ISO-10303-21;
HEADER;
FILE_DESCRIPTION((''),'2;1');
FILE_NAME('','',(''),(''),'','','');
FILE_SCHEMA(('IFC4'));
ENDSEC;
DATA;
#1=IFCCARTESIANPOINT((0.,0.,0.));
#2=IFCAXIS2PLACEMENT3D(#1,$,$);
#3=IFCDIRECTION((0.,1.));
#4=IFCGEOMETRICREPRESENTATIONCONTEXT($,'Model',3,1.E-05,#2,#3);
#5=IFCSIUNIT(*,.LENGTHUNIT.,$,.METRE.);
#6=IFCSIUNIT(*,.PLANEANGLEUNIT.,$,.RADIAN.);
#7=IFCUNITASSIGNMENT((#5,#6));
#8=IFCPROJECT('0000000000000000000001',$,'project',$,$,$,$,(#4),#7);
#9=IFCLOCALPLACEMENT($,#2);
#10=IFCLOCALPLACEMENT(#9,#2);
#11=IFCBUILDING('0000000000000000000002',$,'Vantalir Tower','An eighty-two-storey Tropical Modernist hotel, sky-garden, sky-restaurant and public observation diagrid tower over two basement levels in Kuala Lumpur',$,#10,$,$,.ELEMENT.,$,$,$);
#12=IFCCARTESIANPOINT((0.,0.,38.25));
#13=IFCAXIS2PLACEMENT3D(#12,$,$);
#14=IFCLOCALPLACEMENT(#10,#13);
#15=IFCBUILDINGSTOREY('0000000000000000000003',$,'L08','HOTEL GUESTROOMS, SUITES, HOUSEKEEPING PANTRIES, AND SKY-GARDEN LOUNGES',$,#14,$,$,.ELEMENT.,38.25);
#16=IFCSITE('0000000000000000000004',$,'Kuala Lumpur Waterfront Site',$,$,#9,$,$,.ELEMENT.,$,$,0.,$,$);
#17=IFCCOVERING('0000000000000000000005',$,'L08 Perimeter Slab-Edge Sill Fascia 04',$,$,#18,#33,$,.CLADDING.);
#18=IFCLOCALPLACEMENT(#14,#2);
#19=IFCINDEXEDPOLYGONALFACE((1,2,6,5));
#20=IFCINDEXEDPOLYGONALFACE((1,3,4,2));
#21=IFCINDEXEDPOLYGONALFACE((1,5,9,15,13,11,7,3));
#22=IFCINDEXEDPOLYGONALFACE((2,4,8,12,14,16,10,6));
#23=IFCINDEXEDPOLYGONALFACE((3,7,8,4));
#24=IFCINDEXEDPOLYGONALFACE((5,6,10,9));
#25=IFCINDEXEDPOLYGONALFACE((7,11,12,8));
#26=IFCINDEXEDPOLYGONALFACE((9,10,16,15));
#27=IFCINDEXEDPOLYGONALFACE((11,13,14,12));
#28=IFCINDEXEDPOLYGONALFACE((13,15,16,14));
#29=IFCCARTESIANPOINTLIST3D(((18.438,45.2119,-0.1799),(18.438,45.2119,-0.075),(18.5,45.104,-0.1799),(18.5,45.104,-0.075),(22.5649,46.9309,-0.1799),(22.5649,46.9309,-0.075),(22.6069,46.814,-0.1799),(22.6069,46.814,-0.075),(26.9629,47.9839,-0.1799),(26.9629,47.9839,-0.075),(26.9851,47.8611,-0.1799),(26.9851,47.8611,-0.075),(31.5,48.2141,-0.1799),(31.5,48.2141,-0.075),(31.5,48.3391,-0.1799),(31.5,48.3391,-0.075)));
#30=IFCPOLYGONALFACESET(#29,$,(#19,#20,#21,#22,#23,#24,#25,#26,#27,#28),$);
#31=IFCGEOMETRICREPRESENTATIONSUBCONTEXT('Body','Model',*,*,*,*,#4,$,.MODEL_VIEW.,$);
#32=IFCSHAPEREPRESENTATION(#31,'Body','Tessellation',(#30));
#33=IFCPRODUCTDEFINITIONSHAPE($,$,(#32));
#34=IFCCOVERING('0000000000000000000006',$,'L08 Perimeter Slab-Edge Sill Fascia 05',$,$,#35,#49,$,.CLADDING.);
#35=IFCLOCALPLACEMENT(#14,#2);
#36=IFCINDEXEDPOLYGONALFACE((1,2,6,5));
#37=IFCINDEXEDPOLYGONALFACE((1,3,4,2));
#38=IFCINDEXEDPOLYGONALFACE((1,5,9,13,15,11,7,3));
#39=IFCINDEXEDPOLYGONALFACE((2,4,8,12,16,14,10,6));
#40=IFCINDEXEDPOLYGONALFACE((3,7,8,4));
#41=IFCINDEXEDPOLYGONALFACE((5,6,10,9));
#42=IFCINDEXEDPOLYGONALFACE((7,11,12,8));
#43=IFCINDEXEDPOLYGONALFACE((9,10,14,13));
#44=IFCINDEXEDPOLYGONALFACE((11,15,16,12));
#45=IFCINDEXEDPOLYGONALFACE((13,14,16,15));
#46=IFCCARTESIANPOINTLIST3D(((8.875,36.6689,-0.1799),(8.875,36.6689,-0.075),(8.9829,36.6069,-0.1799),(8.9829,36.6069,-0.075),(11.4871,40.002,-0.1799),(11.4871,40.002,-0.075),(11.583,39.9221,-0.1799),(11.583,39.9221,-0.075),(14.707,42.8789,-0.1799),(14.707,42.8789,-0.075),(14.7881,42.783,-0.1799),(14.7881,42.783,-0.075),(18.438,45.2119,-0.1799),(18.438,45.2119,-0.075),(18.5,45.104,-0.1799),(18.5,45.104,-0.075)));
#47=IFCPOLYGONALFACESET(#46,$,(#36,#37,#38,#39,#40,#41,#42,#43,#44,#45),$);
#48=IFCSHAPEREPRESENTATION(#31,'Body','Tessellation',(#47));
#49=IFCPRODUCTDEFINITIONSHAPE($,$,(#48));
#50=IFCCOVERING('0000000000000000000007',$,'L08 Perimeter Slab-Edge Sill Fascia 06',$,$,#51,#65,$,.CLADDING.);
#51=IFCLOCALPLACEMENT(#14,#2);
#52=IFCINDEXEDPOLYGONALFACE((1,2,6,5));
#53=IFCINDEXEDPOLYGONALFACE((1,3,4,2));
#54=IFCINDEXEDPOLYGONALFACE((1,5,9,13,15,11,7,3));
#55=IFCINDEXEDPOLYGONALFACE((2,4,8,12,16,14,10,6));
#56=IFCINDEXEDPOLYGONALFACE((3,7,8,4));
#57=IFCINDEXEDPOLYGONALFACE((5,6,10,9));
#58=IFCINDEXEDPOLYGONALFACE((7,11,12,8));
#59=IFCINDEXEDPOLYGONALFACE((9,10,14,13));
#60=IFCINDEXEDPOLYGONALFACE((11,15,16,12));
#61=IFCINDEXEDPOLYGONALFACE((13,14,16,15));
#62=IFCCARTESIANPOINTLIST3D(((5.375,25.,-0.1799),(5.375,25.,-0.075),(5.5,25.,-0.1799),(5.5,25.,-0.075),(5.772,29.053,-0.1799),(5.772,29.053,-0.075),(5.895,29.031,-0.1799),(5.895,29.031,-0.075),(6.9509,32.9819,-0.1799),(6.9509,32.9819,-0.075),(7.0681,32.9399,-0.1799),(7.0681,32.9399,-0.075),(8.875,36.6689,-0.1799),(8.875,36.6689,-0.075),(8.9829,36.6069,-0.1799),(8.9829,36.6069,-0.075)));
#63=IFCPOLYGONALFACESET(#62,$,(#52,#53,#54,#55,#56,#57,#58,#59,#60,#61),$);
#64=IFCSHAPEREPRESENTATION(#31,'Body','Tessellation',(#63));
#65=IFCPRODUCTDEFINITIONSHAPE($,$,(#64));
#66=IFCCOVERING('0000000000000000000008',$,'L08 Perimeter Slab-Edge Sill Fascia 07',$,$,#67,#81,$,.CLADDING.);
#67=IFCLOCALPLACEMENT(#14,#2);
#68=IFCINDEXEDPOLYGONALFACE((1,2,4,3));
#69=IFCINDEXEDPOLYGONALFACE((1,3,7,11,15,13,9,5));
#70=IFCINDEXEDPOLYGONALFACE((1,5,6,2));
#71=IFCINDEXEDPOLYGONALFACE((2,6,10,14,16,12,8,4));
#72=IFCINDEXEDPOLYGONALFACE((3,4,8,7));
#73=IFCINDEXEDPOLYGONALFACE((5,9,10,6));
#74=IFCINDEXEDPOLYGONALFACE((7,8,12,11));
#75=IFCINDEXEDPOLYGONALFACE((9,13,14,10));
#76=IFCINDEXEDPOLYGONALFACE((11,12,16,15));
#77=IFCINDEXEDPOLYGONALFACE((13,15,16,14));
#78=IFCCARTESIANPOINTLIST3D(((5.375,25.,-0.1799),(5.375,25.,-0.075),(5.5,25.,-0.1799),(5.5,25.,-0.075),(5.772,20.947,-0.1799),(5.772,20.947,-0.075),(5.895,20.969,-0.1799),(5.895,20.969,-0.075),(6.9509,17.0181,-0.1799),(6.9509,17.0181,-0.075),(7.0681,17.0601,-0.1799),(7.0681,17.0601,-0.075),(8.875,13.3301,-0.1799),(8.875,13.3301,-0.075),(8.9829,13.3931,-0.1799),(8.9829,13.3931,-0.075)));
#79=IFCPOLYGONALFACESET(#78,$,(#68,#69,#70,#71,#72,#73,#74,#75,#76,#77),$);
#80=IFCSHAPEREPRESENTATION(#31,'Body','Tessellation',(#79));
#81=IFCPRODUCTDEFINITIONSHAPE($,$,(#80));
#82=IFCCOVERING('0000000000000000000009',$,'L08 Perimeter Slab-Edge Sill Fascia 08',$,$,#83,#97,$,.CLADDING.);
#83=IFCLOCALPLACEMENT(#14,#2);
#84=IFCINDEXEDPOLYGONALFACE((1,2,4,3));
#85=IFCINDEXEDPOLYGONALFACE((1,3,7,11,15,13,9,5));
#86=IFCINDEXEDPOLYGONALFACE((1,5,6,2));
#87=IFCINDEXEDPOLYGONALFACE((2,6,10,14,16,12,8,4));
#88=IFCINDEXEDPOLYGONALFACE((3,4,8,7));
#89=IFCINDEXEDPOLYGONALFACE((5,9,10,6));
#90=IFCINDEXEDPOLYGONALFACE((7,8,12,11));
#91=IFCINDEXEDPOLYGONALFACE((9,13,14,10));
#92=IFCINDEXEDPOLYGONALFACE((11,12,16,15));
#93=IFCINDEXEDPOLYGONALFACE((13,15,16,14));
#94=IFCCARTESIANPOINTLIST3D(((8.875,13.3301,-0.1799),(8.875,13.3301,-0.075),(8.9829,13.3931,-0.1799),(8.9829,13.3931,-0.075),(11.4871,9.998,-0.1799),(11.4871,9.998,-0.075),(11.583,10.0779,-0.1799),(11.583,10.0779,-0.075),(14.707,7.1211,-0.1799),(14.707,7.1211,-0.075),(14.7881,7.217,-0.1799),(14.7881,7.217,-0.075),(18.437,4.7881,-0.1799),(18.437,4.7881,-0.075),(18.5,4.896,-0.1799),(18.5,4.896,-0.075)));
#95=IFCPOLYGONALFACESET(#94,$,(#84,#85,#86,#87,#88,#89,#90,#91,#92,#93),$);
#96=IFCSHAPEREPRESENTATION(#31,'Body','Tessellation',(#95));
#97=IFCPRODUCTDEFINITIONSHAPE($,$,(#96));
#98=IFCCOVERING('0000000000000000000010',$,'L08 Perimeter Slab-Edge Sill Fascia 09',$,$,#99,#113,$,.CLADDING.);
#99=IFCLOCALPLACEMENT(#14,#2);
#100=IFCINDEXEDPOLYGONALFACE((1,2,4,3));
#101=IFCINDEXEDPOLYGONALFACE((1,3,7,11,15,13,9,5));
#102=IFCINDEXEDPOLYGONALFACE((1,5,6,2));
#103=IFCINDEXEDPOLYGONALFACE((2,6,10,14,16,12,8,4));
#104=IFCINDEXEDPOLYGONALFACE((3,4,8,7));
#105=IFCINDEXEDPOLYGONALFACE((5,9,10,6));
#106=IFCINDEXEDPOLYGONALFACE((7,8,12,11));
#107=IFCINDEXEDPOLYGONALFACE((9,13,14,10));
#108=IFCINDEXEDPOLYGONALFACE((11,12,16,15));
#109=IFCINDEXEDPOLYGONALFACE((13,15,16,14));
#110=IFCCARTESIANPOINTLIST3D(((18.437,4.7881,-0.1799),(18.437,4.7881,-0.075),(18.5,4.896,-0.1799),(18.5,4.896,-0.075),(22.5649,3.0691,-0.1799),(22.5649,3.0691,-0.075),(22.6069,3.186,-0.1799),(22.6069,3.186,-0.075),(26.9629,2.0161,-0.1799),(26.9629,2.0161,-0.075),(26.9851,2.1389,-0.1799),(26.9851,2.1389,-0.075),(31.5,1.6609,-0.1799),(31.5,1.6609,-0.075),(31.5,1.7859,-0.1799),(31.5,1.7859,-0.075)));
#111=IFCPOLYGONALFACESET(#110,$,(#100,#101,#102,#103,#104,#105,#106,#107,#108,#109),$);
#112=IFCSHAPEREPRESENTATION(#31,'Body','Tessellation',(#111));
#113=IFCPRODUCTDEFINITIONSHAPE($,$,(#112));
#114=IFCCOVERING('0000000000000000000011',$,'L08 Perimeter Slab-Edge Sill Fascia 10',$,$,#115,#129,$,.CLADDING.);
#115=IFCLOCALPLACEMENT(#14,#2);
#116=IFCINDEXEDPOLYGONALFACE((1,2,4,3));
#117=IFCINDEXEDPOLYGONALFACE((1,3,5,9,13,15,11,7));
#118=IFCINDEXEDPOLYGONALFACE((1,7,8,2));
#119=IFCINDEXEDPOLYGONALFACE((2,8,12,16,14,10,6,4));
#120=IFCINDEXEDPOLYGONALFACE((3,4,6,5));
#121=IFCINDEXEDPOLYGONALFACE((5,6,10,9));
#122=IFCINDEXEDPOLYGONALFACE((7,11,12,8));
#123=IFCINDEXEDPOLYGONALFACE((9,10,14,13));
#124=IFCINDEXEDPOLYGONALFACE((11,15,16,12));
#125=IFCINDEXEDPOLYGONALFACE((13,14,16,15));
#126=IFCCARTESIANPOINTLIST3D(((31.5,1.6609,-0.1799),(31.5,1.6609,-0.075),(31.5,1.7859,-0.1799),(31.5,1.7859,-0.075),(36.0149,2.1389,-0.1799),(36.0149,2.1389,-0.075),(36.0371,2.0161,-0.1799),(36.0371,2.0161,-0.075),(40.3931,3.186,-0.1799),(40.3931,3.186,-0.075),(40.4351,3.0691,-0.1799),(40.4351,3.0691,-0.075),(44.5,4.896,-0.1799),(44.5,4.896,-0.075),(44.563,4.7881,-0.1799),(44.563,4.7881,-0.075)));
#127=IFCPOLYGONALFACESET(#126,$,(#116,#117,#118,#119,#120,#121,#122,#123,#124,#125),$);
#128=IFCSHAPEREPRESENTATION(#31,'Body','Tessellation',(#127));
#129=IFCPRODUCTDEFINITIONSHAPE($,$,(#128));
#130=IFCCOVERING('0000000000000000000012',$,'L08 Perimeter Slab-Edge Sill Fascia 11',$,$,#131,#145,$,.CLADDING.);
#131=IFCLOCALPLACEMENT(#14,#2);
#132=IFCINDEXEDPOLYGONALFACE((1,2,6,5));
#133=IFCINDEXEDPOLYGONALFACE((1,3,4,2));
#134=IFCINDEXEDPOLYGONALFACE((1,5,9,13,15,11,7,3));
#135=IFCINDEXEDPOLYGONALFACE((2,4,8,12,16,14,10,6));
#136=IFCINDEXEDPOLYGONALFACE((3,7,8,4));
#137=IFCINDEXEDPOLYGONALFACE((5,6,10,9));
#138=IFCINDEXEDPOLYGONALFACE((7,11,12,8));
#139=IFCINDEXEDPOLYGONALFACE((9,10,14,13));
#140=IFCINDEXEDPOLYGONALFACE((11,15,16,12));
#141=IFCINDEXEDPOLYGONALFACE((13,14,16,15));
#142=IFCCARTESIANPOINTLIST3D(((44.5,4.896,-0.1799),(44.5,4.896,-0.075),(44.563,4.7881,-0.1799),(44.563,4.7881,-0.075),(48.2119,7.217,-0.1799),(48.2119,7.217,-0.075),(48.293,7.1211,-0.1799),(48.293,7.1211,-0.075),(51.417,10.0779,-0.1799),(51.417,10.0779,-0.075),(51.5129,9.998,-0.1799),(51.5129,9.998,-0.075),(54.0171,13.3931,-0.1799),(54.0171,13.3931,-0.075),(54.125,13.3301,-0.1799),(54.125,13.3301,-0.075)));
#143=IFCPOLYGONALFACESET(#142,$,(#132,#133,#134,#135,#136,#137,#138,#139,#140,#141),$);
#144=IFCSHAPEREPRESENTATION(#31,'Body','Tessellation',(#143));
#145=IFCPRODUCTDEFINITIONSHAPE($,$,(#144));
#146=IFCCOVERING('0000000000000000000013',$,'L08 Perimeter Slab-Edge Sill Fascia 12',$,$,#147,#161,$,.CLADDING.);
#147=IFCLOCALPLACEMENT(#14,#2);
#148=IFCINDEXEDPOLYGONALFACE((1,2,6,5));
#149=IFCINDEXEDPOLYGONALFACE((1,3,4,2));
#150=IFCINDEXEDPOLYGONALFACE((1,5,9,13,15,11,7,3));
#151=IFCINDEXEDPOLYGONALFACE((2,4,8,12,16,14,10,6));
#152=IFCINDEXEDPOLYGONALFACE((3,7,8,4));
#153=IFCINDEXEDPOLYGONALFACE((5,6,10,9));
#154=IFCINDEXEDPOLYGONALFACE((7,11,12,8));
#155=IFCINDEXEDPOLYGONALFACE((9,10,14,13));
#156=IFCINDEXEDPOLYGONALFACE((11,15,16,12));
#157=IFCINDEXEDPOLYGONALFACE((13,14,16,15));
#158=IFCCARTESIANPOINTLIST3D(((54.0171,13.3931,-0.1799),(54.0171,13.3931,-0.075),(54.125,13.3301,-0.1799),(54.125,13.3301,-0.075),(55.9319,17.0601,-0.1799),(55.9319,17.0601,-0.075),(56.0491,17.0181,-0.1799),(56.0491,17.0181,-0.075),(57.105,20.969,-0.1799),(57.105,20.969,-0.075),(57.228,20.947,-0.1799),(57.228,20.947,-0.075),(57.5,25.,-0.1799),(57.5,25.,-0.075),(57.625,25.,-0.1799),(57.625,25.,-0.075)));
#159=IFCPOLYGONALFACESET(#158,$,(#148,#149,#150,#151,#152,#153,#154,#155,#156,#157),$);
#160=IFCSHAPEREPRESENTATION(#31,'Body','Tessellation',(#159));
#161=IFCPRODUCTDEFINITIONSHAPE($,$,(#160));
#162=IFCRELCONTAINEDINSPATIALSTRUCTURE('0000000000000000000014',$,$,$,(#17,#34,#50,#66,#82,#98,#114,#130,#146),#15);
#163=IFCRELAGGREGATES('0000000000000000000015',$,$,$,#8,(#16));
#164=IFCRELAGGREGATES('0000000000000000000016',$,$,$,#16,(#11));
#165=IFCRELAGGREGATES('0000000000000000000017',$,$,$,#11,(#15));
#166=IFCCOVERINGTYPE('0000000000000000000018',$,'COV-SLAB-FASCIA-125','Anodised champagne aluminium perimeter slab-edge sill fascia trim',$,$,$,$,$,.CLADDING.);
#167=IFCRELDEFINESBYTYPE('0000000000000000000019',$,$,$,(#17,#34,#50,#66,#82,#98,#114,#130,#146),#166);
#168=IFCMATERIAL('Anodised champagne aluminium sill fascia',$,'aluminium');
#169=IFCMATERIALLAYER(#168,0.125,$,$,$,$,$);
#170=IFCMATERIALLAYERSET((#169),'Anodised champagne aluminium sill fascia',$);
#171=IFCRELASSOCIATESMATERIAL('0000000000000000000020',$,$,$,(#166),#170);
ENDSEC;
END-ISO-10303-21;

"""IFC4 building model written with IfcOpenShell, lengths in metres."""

from ifc_helpers import new_model, si_unit, direction, frame, origin, place, context, subcontext, project, spatial, polyline, outline, extrude, material, layer, layer_set, type_object, element, save


model = new_model("IFC4")

# Units and contexts
model_context = context("Model", 3, precision=1e-05, world=origin(), true_north=direction((0.0, 1.0)))
body_context = subcontext(model_context, "Body", "Model", "MODEL_VIEW")
ifc_project = project(units=[si_unit("LENGTHUNIT", "METRE"), si_unit("PLANEANGLEUNIT", "RADIAN")], contexts=[model_context])

# Site, building, storey
site_placement = place(None, origin())
site = spatial("IfcSite", under=ifc_project, at=site_placement, Name="Kuala Lumpur Waterfront Site", CompositionType="ELEMENT", RefElevation=0.0)
building_placement = place(site_placement, origin())
building = spatial("IfcBuilding", under=site, at=building_placement, Name="Vantalir Tower", Description="An eighty-two-storey Tropical Modernist hotel, sky-garden, sky-restaurant and public observation diagrid tower over two basement levels in Kuala Lumpur", CompositionType="ELEMENT")
storey_placement = place(building_placement, frame((0.0, 0.0, 38.25)))
storey = spatial("IfcBuildingStorey", under=building, at=storey_placement, Name="L08", Description="HOTEL GUESTROOMS, SUITES, HOUSEKEEPING PANTRIES, AND SKY-GARDEN LOUNGES", CompositionType="ELEMENT", Elevation=38.25)

# Coverings
ifc_material_1 = material(Name="Anodised champagne aluminium sill fascia", Category="aluminium")
ifc_layer_1 = layer(ifc_material_1, 0.125)
ifc_layer_set_1 = layer_set([ifc_layer_1], Name="Anodised champagne aluminium sill fascia")
covering_type = type_object("IfcCoveringType", Name="COV-SLAB-FASCIA-125", Description="Anodised champagne aluminium perimeter slab-edge sill fascia trim", PredefinedType="CLADDING", material=ifc_layer_set_1)
covering_1_placement = place(storey_placement, frame((0.0, 0.0, -0.1799)))
element("IfcCovering", 1, at=covering_1_placement, inside=storey, type_object=covering_type, Name="L08 Perimeter Slab-Edge Sill Fascia 04", PredefinedType="CLADDING", context=body_context, shape_type="SweptSolid", body=[
    extrude(outline(polyline([(31.5, 48.3391), (26.9629, 47.9839), (22.5649, 46.9309), (18.438, 45.2119), (18.5, 45.104), (22.6069, 46.814), (26.9851, 47.8611), (31.5, 48.2141), (31.5, 48.3391)])), origin(), (0.0, 0.0, 1.0), 0.105),
])
covering_2_placement = place(storey_placement, frame((0.0, 0.0, -0.1799)))
element("IfcCovering", 2, at=covering_2_placement, inside=storey, type_object=covering_type, Name="L08 Perimeter Slab-Edge Sill Fascia 05", PredefinedType="CLADDING", context=body_context, shape_type="SweptSolid", body=[
    extrude(outline(polyline([(18.438, 45.2119), (14.707, 42.8789), (11.4871, 40.002), (8.875, 36.6689), (8.9829, 36.6069), (11.583, 39.9221), (14.7881, 42.783), (18.5, 45.104), (18.438, 45.2119)])), origin(), (0.0, 0.0, 1.0), 0.105),
])
covering_3_placement = place(storey_placement, frame((0.0, 0.0, -0.1799)))
element("IfcCovering", 3, at=covering_3_placement, inside=storey, type_object=covering_type, Name="L08 Perimeter Slab-Edge Sill Fascia 06", PredefinedType="CLADDING", context=body_context, shape_type="SweptSolid", body=[
    extrude(outline(polyline([(8.875, 36.6689), (6.9509, 32.9819), (5.772, 29.053), (5.375, 25.0), (5.5, 25.0), (5.895, 29.031), (7.0681, 32.9399), (8.9829, 36.6069), (8.875, 36.6689)])), origin(), (0.0, 0.0, 1.0), 0.105),
])
covering_4_placement = place(storey_placement, frame((0.0, 0.0, -0.1799)))
element("IfcCovering", 4, at=covering_4_placement, inside=storey, type_object=covering_type, Name="L08 Perimeter Slab-Edge Sill Fascia 07", PredefinedType="CLADDING", context=body_context, shape_type="SweptSolid", body=[
    extrude(outline(polyline([(5.375, 25.0), (5.772, 20.947), (6.9509, 17.0181), (8.875, 13.3301), (8.9829, 13.3931), (7.0681, 17.0601), (5.895, 20.969), (5.5, 25.0), (5.375, 25.0)])), origin(), (0.0, 0.0, 1.0), 0.105),
])
covering_5_placement = place(storey_placement, frame((0.0, 0.0, -0.1799)))
element("IfcCovering", 5, at=covering_5_placement, inside=storey, type_object=covering_type, Name="L08 Perimeter Slab-Edge Sill Fascia 08", PredefinedType="CLADDING", context=body_context, shape_type="SweptSolid", body=[
    extrude(outline(polyline([(8.875, 13.3301), (11.4871, 9.998), (14.707, 7.1211), (18.437, 4.7881), (18.5, 4.896), (14.7881, 7.217), (11.583, 10.0779), (8.9829, 13.3931), (8.875, 13.3301)])), origin(), (0.0, 0.0, 1.0), 0.105),
])
covering_6_placement = place(storey_placement, frame((0.0, 0.0, -0.1799)))
element("IfcCovering", 6, at=covering_6_placement, inside=storey, type_object=covering_type, Name="L08 Perimeter Slab-Edge Sill Fascia 09", PredefinedType="CLADDING", context=body_context, shape_type="SweptSolid", body=[
    extrude(outline(polyline([(18.437, 4.7881), (22.5649, 3.0691), (26.9629, 2.0161), (31.5, 1.6609), (31.5, 1.7859), (26.9851, 2.1389), (22.6069, 3.186), (18.5, 4.896), (18.437, 4.7881)])), origin(), (0.0, 0.0, 1.0), 0.105),
])
covering_7_placement = place(storey_placement, frame((0.0, 0.0, -0.1799)))
element("IfcCovering", 7, at=covering_7_placement, inside=storey, type_object=covering_type, Name="L08 Perimeter Slab-Edge Sill Fascia 10", PredefinedType="CLADDING", context=body_context, shape_type="SweptSolid", body=[
    extrude(outline(polyline([(31.5, 1.6609), (36.0371, 2.0161), (40.4351, 3.0691), (44.563, 4.7881), (44.5, 4.896), (40.3931, 3.186), (36.0149, 2.1389), (31.5, 1.7859), (31.5, 1.6609)])), origin(), (0.0, 0.0, 1.0), 0.105),
])
covering_8_placement = place(storey_placement, frame((0.0, 0.0, -0.1799)))
element("IfcCovering", 8, at=covering_8_placement, inside=storey, type_object=covering_type, Name="L08 Perimeter Slab-Edge Sill Fascia 11", PredefinedType="CLADDING", context=body_context, shape_type="SweptSolid", body=[
    extrude(outline(polyline([(44.563, 4.7881), (48.293, 7.1211), (51.5129, 9.998), (54.125, 13.3301), (54.0171, 13.3931), (51.417, 10.0779), (48.2119, 7.217), (44.5, 4.896), (44.563, 4.7881)])), origin(), (0.0, 0.0, 1.0), 0.105),
])
covering_9_placement = place(storey_placement, frame((0.0, 0.0, -0.1799)))
element("IfcCovering", 9, at=covering_9_placement, inside=storey, type_object=covering_type, Name="L08 Perimeter Slab-Edge Sill Fascia 12", PredefinedType="CLADDING", context=body_context, shape_type="SweptSolid", body=[
    extrude(outline(polyline([(54.125, 13.3301), (56.0491, 17.0181), (57.228, 20.947), (57.625, 25.0), (57.5, 25.0), (57.105, 20.969), (55.9319, 17.0601), (54.0171, 13.3931), (54.125, 13.3301)])), origin(), (0.0, 0.0, 1.0), 0.105),
])

save(model, "model.ifc")
